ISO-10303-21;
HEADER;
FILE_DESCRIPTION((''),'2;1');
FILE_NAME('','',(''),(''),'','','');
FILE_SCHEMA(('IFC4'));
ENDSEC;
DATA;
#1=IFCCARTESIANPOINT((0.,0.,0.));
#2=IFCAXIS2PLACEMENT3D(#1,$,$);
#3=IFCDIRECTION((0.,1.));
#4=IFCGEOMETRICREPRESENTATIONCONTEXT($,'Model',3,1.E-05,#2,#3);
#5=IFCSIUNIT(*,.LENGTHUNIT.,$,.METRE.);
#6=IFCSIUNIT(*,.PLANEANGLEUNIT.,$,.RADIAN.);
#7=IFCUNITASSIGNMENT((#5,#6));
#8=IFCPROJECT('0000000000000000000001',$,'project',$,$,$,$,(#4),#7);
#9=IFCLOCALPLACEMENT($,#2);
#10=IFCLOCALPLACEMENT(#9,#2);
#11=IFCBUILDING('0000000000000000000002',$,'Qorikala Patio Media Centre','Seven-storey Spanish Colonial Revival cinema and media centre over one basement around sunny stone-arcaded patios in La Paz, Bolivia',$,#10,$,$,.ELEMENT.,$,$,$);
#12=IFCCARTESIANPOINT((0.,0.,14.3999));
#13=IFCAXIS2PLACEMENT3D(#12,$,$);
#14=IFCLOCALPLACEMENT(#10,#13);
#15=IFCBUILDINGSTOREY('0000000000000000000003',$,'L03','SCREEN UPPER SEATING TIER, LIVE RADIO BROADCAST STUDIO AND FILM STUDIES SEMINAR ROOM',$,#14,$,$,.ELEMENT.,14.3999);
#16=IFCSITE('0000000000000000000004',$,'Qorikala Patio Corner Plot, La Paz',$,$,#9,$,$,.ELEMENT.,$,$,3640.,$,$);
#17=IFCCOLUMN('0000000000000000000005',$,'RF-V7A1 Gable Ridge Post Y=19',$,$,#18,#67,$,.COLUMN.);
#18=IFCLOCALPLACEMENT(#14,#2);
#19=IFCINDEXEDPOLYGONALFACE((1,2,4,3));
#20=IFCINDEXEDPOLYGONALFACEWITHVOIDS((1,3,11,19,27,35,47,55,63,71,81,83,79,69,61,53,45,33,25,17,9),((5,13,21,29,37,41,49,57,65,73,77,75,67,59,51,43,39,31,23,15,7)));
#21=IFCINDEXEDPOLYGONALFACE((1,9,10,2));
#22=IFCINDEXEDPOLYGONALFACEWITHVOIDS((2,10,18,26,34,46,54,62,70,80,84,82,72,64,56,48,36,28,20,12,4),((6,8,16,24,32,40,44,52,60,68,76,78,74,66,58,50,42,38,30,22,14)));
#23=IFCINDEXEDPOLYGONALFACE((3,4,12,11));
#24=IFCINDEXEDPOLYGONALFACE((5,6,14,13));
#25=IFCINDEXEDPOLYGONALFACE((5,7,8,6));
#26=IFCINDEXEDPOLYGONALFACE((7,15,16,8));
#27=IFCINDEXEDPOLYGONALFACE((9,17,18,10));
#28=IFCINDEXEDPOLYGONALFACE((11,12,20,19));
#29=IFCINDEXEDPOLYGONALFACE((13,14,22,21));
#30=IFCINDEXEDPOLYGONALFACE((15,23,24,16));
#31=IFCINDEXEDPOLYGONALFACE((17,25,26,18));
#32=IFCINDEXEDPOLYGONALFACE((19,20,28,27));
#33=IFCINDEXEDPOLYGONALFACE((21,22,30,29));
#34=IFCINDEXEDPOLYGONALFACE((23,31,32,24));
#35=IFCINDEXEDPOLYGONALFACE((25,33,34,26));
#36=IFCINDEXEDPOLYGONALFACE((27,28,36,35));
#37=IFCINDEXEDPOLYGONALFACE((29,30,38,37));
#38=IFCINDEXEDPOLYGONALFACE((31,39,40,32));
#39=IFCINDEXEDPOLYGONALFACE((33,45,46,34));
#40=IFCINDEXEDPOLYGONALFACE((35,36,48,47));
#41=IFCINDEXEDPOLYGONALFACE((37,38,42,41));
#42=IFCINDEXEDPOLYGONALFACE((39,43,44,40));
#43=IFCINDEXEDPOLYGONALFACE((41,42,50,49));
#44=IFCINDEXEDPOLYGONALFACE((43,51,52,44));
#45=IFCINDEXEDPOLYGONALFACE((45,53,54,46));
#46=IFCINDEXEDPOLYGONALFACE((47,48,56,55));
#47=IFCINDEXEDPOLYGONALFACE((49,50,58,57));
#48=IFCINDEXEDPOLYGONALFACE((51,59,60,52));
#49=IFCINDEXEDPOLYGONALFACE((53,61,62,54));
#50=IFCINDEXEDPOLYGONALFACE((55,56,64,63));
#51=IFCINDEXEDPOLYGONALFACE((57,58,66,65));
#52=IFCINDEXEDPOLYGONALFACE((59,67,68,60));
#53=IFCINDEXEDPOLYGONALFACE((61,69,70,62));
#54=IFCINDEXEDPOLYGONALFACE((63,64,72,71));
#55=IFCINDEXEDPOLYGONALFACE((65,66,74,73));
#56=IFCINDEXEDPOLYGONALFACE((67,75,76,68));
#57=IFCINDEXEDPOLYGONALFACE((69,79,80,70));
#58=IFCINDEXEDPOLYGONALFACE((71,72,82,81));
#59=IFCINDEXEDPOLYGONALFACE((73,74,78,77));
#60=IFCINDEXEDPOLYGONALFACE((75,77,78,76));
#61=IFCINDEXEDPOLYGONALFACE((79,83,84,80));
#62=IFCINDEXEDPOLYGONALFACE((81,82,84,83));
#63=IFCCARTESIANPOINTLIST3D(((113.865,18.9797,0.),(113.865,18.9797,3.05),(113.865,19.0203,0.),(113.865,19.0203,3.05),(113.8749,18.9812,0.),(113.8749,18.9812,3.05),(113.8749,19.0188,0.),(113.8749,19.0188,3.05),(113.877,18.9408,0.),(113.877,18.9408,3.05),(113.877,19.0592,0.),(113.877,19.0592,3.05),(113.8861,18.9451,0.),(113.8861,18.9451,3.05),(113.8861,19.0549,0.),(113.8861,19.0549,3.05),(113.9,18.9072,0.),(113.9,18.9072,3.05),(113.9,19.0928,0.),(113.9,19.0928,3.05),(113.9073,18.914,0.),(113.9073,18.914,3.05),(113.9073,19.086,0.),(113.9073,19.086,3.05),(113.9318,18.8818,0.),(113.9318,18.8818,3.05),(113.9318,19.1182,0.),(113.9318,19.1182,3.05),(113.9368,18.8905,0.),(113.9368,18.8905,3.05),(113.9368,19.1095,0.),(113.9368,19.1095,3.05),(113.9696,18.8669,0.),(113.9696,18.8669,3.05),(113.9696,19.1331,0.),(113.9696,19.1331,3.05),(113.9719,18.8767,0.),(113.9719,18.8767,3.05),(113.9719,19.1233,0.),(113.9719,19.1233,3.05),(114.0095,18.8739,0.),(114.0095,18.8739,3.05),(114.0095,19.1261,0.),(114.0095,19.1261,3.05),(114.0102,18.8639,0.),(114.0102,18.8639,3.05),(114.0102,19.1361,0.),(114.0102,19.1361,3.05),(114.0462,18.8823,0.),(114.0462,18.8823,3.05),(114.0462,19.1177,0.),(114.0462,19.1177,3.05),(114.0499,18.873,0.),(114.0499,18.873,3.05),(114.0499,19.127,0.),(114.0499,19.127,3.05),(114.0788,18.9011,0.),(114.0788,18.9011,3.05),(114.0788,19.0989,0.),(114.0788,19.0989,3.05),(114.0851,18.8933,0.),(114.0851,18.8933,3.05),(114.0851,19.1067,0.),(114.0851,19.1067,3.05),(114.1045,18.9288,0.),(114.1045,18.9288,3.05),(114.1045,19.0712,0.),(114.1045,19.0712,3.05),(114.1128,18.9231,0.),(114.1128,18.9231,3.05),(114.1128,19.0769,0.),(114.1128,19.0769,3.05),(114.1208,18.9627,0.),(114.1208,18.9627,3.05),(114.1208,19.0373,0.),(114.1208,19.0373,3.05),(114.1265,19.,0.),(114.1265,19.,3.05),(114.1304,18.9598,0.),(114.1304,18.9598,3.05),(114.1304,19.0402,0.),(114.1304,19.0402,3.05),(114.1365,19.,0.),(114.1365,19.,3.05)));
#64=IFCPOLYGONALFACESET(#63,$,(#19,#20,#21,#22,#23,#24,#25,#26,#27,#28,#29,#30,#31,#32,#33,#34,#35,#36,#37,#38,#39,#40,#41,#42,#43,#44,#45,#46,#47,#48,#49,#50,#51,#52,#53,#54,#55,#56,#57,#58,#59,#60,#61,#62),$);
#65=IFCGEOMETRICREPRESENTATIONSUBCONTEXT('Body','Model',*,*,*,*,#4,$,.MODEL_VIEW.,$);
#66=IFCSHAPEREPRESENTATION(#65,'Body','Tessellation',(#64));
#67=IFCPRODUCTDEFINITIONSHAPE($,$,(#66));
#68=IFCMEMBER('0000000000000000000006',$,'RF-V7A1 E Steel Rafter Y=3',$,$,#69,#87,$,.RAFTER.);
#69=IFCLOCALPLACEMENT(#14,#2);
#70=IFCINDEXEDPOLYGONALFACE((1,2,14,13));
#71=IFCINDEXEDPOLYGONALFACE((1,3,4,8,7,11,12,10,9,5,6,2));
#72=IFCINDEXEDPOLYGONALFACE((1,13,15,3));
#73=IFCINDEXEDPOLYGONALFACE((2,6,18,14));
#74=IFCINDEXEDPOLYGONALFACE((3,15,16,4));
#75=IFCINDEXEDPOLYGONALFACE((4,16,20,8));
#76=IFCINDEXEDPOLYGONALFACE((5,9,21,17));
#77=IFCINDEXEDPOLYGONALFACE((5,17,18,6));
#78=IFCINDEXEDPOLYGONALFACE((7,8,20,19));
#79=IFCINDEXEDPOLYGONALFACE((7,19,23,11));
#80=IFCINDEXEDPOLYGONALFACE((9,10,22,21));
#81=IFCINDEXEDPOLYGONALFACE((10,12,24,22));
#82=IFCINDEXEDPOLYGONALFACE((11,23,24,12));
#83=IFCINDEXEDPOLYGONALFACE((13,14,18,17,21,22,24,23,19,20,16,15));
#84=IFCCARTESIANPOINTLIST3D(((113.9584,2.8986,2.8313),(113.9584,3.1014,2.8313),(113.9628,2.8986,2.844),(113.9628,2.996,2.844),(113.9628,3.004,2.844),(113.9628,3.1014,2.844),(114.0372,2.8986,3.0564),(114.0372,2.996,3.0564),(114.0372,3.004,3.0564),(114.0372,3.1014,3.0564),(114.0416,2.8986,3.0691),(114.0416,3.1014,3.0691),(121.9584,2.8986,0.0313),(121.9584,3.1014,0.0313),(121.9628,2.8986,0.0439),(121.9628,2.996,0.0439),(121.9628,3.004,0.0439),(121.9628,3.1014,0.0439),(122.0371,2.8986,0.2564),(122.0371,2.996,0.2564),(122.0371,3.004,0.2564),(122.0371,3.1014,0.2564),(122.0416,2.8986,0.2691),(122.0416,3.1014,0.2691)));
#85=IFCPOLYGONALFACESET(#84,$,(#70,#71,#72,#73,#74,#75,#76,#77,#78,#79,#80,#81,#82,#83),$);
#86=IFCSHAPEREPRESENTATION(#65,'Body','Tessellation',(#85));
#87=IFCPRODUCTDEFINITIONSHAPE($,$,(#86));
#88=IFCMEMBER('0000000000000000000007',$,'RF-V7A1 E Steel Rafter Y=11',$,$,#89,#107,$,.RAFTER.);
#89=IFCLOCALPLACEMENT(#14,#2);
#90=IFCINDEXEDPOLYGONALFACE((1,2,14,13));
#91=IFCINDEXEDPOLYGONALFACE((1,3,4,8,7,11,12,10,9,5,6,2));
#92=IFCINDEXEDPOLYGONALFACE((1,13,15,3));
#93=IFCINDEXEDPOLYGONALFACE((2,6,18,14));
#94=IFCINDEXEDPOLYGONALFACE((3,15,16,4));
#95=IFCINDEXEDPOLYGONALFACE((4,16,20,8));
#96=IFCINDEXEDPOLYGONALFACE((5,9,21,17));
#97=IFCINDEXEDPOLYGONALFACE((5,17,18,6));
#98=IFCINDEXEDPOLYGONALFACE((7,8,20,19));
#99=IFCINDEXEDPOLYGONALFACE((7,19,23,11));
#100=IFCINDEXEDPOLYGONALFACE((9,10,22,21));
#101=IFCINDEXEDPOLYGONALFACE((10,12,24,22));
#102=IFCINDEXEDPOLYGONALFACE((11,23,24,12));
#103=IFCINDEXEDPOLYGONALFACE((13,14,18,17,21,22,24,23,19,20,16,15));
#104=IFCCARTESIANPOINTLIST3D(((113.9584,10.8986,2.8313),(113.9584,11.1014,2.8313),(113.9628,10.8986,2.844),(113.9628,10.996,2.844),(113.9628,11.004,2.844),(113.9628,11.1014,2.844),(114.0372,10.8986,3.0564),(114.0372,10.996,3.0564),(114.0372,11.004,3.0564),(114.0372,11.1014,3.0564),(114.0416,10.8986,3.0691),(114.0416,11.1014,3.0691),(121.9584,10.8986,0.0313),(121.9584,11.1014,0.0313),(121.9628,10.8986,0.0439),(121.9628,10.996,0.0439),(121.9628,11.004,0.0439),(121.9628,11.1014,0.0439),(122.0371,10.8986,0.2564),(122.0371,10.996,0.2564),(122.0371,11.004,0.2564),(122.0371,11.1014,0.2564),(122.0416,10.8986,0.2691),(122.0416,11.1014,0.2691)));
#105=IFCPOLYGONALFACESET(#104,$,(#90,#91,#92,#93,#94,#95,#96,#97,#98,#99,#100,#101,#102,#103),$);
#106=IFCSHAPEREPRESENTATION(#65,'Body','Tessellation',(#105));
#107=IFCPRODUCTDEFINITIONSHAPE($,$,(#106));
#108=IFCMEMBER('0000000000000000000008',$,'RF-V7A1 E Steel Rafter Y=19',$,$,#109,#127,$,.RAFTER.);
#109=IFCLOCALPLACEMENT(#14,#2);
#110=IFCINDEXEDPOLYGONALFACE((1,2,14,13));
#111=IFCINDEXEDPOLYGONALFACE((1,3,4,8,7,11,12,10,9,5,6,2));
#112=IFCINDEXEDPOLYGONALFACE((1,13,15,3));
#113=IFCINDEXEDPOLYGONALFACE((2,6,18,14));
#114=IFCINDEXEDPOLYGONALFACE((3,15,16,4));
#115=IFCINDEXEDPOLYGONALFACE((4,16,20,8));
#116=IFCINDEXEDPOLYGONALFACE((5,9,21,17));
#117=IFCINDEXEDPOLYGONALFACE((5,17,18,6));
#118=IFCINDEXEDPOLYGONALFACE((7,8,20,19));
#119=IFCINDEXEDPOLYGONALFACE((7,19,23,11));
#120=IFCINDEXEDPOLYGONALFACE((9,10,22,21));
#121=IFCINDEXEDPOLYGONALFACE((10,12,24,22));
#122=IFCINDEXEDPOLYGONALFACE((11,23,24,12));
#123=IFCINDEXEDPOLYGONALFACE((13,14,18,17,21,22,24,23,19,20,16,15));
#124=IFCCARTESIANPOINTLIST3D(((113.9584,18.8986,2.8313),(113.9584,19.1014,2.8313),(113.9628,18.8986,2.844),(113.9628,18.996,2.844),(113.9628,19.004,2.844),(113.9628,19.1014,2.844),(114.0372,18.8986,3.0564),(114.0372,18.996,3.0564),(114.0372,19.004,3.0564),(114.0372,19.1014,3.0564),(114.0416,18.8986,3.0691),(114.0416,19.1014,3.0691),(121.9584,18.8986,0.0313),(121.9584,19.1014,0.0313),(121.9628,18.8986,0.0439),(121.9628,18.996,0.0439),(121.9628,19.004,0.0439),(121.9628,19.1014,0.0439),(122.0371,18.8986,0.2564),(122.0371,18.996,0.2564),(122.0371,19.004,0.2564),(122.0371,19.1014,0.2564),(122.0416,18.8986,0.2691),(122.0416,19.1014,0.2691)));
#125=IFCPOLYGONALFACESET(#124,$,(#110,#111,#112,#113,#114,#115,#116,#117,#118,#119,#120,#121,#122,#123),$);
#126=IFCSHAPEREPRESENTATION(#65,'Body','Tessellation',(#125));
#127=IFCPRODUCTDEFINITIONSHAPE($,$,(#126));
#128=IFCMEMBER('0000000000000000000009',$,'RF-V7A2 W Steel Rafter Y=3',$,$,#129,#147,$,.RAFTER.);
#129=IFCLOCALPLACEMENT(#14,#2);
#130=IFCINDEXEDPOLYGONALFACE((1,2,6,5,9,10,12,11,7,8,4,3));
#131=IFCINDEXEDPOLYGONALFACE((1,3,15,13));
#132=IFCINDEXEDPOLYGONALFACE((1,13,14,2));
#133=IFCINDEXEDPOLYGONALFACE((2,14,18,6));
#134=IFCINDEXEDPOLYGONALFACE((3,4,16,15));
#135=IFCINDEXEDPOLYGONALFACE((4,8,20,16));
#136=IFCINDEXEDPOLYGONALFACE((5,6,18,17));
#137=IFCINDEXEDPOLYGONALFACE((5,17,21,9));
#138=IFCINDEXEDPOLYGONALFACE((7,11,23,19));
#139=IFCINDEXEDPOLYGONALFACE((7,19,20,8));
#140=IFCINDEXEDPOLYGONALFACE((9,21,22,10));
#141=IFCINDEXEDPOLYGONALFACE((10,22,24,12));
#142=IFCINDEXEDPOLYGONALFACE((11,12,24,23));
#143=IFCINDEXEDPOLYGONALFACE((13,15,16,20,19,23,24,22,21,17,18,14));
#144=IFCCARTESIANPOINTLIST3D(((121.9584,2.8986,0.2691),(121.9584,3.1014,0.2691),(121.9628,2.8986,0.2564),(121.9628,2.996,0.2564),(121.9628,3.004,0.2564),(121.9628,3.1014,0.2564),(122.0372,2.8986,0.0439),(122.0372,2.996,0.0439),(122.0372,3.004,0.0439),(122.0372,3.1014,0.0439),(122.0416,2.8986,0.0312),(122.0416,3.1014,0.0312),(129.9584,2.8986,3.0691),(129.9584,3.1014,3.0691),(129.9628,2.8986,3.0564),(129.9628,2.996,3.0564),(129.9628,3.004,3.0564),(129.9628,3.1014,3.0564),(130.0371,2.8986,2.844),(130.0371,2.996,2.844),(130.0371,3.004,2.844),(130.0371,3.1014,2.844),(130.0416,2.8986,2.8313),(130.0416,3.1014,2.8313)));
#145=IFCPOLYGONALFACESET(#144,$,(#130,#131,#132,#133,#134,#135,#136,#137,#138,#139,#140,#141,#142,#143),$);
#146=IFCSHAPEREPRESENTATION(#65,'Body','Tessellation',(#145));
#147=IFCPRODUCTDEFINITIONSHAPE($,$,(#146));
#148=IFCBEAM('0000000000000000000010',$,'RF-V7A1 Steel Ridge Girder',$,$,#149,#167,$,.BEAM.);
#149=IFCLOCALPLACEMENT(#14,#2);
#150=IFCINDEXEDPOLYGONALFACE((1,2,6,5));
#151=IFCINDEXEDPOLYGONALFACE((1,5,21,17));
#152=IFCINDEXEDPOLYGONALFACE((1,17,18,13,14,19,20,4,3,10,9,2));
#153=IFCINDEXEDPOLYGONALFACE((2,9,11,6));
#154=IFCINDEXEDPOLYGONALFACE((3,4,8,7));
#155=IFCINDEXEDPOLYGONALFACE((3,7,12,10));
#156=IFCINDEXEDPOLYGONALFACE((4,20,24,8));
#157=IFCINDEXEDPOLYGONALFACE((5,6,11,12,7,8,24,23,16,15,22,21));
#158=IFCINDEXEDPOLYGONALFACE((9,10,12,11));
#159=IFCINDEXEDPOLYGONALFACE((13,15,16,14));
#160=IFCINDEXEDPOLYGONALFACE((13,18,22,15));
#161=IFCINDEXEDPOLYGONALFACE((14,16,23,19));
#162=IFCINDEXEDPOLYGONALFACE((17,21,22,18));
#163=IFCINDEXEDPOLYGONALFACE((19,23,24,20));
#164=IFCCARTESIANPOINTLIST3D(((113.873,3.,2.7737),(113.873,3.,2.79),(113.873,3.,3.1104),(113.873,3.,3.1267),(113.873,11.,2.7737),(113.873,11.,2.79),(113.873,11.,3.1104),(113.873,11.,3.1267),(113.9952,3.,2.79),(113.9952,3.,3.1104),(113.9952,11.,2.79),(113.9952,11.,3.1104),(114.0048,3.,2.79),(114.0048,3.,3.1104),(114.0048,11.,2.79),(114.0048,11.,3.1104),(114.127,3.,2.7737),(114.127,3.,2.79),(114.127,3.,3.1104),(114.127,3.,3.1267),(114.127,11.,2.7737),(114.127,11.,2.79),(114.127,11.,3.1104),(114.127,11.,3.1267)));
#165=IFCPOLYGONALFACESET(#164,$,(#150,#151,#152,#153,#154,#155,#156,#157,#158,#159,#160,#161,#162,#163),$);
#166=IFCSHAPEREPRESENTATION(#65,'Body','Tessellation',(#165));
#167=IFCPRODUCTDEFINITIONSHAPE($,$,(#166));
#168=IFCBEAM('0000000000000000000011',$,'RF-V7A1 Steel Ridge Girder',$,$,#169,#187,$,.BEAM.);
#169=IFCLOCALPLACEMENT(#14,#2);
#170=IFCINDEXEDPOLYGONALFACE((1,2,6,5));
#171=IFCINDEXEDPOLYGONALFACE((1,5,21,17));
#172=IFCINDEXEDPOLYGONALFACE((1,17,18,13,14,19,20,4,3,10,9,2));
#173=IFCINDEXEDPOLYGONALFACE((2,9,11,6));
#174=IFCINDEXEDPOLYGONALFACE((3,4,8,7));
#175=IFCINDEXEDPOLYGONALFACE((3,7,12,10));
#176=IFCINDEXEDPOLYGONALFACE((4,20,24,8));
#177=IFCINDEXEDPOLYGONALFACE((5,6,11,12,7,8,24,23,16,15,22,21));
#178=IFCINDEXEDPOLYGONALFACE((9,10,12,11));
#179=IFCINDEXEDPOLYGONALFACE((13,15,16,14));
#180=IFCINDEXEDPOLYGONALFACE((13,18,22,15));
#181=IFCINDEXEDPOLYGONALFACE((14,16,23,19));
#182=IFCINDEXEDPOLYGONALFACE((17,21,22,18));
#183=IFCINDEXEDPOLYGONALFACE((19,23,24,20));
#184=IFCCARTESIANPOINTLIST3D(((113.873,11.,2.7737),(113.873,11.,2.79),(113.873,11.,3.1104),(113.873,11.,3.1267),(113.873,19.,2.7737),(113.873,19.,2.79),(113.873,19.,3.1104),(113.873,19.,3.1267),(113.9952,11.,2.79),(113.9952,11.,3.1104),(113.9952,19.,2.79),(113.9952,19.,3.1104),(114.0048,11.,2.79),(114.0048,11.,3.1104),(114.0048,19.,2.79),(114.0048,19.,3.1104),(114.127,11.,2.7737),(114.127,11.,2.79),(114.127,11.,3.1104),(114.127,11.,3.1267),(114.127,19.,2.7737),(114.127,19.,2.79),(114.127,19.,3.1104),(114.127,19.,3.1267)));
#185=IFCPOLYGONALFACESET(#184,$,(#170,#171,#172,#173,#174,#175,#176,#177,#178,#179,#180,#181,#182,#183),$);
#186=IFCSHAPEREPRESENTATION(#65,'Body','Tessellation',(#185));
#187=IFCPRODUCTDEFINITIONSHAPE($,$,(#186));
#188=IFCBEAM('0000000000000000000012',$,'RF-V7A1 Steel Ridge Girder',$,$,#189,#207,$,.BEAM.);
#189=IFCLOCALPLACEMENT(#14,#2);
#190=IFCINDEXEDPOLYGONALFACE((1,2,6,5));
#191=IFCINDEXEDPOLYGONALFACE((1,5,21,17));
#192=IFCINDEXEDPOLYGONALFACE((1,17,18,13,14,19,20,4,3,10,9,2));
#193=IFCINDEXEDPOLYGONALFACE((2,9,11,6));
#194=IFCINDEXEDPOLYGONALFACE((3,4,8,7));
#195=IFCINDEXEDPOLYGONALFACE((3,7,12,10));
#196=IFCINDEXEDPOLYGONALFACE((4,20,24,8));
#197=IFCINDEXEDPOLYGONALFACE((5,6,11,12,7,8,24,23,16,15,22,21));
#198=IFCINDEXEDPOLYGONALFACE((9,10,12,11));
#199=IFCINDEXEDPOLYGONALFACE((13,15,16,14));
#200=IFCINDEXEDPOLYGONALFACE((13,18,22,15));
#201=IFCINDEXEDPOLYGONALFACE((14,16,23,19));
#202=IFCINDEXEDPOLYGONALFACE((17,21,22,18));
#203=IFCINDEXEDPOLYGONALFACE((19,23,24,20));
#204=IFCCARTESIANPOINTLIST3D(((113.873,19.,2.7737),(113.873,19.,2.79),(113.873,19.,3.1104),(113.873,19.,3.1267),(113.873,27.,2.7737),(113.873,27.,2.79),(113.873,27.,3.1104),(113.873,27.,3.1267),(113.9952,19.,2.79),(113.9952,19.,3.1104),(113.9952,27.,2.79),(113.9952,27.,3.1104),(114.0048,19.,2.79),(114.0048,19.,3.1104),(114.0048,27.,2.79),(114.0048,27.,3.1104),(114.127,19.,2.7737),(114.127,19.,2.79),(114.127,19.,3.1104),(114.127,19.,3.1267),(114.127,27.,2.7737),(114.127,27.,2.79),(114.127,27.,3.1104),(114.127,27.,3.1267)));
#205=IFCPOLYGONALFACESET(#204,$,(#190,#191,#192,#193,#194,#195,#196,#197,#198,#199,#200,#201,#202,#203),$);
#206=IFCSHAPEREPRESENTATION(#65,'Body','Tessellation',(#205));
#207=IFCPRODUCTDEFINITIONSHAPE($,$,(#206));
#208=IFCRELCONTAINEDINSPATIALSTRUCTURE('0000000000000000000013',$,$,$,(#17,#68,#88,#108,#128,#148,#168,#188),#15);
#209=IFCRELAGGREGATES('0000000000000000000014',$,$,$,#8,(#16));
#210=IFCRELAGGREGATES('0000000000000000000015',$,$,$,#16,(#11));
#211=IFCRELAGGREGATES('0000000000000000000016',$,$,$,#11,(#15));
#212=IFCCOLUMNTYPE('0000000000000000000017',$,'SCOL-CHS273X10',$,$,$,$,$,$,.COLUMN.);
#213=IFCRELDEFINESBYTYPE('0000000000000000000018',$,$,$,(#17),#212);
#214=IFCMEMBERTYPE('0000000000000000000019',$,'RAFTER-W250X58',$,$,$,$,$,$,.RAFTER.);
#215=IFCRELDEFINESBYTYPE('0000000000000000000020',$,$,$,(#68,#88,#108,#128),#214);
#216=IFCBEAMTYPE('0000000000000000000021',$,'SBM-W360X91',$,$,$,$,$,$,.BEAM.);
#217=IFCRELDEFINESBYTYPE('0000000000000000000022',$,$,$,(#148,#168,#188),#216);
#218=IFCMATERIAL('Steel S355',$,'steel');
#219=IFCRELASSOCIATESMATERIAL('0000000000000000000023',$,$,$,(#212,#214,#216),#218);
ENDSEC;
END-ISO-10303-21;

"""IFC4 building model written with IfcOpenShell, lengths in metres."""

from ifc_helpers import new_model, si_unit, direction, frame, origin, origin_2d, place, context, subcontext, project, spatial, hollow_circle, i_section, extrude, material, material_profile, profile_set, type_object, element, save


model = new_model("IFC4")

# Units and contexts
model_context = context("Model", 3, precision=1e-05, world=origin(), true_north=direction((0.0, 1.0)))
body_context = subcontext(model_context, "Body", "Model", "MODEL_VIEW")
ifc_project = project(units=[si_unit("LENGTHUNIT", "METRE"), si_unit("PLANEANGLEUNIT", "RADIAN")], contexts=[model_context])

# Site, building, storey
site_placement = place(None, origin())
site = spatial("IfcSite", under=ifc_project, at=site_placement, Name="Qorikala Patio Corner Plot, La Paz", CompositionType="ELEMENT", RefElevation=3640.0)
building_placement = place(site_placement, origin())
building = spatial("IfcBuilding", under=site, at=building_placement, Name="Qorikala Patio Media Centre", Description="Seven-storey Spanish Colonial Revival cinema and media centre over one basement around sunny stone-arcaded patios in La Paz, Bolivia", CompositionType="ELEMENT")
storey_placement = place(building_placement, frame((0.0, 0.0, 14.3999)))
storey = spatial("IfcBuildingStorey", under=building, at=storey_placement, Name="L03", Description="SCREEN UPPER SEATING TIER, LIVE RADIO BROADCAST STUDIO AND FILM STUDIES SEMINAR ROOM", CompositionType="ELEMENT", Elevation=14.3999)

# Column
ifc_material_1 = material(Name="Steel S355", Category="steel")
ifc_material_profile_1 = material_profile(ifc_material_1, hollow_circle(Radius=0.1365, WallThickness=0.01, at=origin_2d()), Name="CHS273X10")
ifc_profile_set_1 = profile_set([ifc_material_profile_1], Name="Steel S355")
column_type = type_object("IfcColumnType", Name="SCOL-CHS273X10", PredefinedType="COLUMN", material=ifc_profile_set_1)
for number, where, z_axis, x_axis, name in (
    (1, (114.0, 19.0, 0.0), (0.0, 0.0, 1.0), (1.0, 0.0, 0.0), "RF-V7A1 Gable Ridge Post Y=19"),
):
    element("IfcColumn", number, at=place(storey_placement, frame(where, z_axis=z_axis, x_axis=x_axis)), inside=storey, type_object=column_type, Name=name, PredefinedType="COLUMN", context=body_context, shape_type="SweptSolid", body=[
        extrude(hollow_circle(Radius=0.1365, WallThickness=0.01, at=origin_2d()), origin(), (0.0, 0.0, 1.0), 3.05),
    ])

# Members
ifc_material_profile_2 = material_profile(ifc_material_1, i_section(OverallWidth=0.2029, OverallDepth=0.252, WebThickness=0.0081, FlangeThickness=0.0134, at=origin_2d()), Name="W250X58")
ifc_profile_set_2 = profile_set([ifc_material_profile_2], Name="Steel S355")
member_type = type_object("IfcMemberType", Name="RAFTER-W250X58", PredefinedType="RAFTER", material=ifc_profile_set_2)
for number, where, z_axis, x_axis, name in (
    (2, (114.0, 3.0, 2.9502), (0.943857, 0.0, -0.330356), (0.0, 1.0, 0.0), "RF-V7A1 E Steel Rafter Y=3"),
    (3, (114.0, 11.0, 2.9502), (0.943857, 0.0, -0.330356), (0.0, 1.0, 0.0), "RF-V7A1 E Steel Rafter Y=11"),
    (4, (114.0, 19.0, 2.9502), (0.943857, 0.0, -0.330356), (0.0, 1.0, 0.0), "RF-V7A1 E Steel Rafter Y=19"),
    (5, (122.0, 3.0, 0.1501), (0.943857, 0.0, 0.330356), (0.0, 1.0, 0.0), "RF-V7A2 W Steel Rafter Y=3"),
):
    element("IfcMember", number, at=place(storey_placement, frame(where, z_axis=z_axis, x_axis=x_axis)), inside=storey, type_object=member_type, Name=name, PredefinedType="RAFTER", context=body_context, shape_type="SweptSolid", body=[
        extrude(i_section(OverallWidth=0.2029, OverallDepth=0.252, WebThickness=0.0081, FlangeThickness=0.0134, at=origin_2d()), origin(), (0.0, 0.0, 1.0), 8.4758),
    ])

# Beams
ifc_material_profile_3 = material_profile(ifc_material_1, i_section(OverallWidth=0.2539, OverallDepth=0.353, WebThickness=0.0095, FlangeThickness=0.0164, at=origin_2d()), Name="W360X91")
ifc_profile_set_3 = profile_set([ifc_material_profile_3], Name="Steel S355")
beam_type = type_object("IfcBeamType", Name="SBM-W360X91", PredefinedType="BEAM", material=ifc_profile_set_3)
for number, where, z_axis, x_axis, name in (
    (6, (114.0, 3.0, 2.9502), (0.0, 1.0, 0.0), (-1.0, 0.0, 0.0), "RF-V7A1 Steel Ridge Girder"),
    (7, (114.0, 11.0, 2.9502), (0.0, 1.0, 0.0), (-1.0, 0.0, 0.0), "RF-V7A1 Steel Ridge Girder"),
    (8, (114.0, 19.0, 2.9502), (0.0, 1.0, 0.0), (-1.0, 0.0, 0.0), "RF-V7A1 Steel Ridge Girder"),
):
    element("IfcBeam", number, at=place(storey_placement, frame(where, z_axis=z_axis, x_axis=x_axis)), inside=storey, type_object=beam_type, Name=name, PredefinedType="BEAM", context=body_context, shape_type="SweptSolid", body=[
        extrude(i_section(OverallWidth=0.2539, OverallDepth=0.353, WebThickness=0.0095, FlangeThickness=0.0164, at=origin_2d()), origin(), (0.0, 0.0, 1.0), 8.0),
    ])

save(model, "model.ifc")
